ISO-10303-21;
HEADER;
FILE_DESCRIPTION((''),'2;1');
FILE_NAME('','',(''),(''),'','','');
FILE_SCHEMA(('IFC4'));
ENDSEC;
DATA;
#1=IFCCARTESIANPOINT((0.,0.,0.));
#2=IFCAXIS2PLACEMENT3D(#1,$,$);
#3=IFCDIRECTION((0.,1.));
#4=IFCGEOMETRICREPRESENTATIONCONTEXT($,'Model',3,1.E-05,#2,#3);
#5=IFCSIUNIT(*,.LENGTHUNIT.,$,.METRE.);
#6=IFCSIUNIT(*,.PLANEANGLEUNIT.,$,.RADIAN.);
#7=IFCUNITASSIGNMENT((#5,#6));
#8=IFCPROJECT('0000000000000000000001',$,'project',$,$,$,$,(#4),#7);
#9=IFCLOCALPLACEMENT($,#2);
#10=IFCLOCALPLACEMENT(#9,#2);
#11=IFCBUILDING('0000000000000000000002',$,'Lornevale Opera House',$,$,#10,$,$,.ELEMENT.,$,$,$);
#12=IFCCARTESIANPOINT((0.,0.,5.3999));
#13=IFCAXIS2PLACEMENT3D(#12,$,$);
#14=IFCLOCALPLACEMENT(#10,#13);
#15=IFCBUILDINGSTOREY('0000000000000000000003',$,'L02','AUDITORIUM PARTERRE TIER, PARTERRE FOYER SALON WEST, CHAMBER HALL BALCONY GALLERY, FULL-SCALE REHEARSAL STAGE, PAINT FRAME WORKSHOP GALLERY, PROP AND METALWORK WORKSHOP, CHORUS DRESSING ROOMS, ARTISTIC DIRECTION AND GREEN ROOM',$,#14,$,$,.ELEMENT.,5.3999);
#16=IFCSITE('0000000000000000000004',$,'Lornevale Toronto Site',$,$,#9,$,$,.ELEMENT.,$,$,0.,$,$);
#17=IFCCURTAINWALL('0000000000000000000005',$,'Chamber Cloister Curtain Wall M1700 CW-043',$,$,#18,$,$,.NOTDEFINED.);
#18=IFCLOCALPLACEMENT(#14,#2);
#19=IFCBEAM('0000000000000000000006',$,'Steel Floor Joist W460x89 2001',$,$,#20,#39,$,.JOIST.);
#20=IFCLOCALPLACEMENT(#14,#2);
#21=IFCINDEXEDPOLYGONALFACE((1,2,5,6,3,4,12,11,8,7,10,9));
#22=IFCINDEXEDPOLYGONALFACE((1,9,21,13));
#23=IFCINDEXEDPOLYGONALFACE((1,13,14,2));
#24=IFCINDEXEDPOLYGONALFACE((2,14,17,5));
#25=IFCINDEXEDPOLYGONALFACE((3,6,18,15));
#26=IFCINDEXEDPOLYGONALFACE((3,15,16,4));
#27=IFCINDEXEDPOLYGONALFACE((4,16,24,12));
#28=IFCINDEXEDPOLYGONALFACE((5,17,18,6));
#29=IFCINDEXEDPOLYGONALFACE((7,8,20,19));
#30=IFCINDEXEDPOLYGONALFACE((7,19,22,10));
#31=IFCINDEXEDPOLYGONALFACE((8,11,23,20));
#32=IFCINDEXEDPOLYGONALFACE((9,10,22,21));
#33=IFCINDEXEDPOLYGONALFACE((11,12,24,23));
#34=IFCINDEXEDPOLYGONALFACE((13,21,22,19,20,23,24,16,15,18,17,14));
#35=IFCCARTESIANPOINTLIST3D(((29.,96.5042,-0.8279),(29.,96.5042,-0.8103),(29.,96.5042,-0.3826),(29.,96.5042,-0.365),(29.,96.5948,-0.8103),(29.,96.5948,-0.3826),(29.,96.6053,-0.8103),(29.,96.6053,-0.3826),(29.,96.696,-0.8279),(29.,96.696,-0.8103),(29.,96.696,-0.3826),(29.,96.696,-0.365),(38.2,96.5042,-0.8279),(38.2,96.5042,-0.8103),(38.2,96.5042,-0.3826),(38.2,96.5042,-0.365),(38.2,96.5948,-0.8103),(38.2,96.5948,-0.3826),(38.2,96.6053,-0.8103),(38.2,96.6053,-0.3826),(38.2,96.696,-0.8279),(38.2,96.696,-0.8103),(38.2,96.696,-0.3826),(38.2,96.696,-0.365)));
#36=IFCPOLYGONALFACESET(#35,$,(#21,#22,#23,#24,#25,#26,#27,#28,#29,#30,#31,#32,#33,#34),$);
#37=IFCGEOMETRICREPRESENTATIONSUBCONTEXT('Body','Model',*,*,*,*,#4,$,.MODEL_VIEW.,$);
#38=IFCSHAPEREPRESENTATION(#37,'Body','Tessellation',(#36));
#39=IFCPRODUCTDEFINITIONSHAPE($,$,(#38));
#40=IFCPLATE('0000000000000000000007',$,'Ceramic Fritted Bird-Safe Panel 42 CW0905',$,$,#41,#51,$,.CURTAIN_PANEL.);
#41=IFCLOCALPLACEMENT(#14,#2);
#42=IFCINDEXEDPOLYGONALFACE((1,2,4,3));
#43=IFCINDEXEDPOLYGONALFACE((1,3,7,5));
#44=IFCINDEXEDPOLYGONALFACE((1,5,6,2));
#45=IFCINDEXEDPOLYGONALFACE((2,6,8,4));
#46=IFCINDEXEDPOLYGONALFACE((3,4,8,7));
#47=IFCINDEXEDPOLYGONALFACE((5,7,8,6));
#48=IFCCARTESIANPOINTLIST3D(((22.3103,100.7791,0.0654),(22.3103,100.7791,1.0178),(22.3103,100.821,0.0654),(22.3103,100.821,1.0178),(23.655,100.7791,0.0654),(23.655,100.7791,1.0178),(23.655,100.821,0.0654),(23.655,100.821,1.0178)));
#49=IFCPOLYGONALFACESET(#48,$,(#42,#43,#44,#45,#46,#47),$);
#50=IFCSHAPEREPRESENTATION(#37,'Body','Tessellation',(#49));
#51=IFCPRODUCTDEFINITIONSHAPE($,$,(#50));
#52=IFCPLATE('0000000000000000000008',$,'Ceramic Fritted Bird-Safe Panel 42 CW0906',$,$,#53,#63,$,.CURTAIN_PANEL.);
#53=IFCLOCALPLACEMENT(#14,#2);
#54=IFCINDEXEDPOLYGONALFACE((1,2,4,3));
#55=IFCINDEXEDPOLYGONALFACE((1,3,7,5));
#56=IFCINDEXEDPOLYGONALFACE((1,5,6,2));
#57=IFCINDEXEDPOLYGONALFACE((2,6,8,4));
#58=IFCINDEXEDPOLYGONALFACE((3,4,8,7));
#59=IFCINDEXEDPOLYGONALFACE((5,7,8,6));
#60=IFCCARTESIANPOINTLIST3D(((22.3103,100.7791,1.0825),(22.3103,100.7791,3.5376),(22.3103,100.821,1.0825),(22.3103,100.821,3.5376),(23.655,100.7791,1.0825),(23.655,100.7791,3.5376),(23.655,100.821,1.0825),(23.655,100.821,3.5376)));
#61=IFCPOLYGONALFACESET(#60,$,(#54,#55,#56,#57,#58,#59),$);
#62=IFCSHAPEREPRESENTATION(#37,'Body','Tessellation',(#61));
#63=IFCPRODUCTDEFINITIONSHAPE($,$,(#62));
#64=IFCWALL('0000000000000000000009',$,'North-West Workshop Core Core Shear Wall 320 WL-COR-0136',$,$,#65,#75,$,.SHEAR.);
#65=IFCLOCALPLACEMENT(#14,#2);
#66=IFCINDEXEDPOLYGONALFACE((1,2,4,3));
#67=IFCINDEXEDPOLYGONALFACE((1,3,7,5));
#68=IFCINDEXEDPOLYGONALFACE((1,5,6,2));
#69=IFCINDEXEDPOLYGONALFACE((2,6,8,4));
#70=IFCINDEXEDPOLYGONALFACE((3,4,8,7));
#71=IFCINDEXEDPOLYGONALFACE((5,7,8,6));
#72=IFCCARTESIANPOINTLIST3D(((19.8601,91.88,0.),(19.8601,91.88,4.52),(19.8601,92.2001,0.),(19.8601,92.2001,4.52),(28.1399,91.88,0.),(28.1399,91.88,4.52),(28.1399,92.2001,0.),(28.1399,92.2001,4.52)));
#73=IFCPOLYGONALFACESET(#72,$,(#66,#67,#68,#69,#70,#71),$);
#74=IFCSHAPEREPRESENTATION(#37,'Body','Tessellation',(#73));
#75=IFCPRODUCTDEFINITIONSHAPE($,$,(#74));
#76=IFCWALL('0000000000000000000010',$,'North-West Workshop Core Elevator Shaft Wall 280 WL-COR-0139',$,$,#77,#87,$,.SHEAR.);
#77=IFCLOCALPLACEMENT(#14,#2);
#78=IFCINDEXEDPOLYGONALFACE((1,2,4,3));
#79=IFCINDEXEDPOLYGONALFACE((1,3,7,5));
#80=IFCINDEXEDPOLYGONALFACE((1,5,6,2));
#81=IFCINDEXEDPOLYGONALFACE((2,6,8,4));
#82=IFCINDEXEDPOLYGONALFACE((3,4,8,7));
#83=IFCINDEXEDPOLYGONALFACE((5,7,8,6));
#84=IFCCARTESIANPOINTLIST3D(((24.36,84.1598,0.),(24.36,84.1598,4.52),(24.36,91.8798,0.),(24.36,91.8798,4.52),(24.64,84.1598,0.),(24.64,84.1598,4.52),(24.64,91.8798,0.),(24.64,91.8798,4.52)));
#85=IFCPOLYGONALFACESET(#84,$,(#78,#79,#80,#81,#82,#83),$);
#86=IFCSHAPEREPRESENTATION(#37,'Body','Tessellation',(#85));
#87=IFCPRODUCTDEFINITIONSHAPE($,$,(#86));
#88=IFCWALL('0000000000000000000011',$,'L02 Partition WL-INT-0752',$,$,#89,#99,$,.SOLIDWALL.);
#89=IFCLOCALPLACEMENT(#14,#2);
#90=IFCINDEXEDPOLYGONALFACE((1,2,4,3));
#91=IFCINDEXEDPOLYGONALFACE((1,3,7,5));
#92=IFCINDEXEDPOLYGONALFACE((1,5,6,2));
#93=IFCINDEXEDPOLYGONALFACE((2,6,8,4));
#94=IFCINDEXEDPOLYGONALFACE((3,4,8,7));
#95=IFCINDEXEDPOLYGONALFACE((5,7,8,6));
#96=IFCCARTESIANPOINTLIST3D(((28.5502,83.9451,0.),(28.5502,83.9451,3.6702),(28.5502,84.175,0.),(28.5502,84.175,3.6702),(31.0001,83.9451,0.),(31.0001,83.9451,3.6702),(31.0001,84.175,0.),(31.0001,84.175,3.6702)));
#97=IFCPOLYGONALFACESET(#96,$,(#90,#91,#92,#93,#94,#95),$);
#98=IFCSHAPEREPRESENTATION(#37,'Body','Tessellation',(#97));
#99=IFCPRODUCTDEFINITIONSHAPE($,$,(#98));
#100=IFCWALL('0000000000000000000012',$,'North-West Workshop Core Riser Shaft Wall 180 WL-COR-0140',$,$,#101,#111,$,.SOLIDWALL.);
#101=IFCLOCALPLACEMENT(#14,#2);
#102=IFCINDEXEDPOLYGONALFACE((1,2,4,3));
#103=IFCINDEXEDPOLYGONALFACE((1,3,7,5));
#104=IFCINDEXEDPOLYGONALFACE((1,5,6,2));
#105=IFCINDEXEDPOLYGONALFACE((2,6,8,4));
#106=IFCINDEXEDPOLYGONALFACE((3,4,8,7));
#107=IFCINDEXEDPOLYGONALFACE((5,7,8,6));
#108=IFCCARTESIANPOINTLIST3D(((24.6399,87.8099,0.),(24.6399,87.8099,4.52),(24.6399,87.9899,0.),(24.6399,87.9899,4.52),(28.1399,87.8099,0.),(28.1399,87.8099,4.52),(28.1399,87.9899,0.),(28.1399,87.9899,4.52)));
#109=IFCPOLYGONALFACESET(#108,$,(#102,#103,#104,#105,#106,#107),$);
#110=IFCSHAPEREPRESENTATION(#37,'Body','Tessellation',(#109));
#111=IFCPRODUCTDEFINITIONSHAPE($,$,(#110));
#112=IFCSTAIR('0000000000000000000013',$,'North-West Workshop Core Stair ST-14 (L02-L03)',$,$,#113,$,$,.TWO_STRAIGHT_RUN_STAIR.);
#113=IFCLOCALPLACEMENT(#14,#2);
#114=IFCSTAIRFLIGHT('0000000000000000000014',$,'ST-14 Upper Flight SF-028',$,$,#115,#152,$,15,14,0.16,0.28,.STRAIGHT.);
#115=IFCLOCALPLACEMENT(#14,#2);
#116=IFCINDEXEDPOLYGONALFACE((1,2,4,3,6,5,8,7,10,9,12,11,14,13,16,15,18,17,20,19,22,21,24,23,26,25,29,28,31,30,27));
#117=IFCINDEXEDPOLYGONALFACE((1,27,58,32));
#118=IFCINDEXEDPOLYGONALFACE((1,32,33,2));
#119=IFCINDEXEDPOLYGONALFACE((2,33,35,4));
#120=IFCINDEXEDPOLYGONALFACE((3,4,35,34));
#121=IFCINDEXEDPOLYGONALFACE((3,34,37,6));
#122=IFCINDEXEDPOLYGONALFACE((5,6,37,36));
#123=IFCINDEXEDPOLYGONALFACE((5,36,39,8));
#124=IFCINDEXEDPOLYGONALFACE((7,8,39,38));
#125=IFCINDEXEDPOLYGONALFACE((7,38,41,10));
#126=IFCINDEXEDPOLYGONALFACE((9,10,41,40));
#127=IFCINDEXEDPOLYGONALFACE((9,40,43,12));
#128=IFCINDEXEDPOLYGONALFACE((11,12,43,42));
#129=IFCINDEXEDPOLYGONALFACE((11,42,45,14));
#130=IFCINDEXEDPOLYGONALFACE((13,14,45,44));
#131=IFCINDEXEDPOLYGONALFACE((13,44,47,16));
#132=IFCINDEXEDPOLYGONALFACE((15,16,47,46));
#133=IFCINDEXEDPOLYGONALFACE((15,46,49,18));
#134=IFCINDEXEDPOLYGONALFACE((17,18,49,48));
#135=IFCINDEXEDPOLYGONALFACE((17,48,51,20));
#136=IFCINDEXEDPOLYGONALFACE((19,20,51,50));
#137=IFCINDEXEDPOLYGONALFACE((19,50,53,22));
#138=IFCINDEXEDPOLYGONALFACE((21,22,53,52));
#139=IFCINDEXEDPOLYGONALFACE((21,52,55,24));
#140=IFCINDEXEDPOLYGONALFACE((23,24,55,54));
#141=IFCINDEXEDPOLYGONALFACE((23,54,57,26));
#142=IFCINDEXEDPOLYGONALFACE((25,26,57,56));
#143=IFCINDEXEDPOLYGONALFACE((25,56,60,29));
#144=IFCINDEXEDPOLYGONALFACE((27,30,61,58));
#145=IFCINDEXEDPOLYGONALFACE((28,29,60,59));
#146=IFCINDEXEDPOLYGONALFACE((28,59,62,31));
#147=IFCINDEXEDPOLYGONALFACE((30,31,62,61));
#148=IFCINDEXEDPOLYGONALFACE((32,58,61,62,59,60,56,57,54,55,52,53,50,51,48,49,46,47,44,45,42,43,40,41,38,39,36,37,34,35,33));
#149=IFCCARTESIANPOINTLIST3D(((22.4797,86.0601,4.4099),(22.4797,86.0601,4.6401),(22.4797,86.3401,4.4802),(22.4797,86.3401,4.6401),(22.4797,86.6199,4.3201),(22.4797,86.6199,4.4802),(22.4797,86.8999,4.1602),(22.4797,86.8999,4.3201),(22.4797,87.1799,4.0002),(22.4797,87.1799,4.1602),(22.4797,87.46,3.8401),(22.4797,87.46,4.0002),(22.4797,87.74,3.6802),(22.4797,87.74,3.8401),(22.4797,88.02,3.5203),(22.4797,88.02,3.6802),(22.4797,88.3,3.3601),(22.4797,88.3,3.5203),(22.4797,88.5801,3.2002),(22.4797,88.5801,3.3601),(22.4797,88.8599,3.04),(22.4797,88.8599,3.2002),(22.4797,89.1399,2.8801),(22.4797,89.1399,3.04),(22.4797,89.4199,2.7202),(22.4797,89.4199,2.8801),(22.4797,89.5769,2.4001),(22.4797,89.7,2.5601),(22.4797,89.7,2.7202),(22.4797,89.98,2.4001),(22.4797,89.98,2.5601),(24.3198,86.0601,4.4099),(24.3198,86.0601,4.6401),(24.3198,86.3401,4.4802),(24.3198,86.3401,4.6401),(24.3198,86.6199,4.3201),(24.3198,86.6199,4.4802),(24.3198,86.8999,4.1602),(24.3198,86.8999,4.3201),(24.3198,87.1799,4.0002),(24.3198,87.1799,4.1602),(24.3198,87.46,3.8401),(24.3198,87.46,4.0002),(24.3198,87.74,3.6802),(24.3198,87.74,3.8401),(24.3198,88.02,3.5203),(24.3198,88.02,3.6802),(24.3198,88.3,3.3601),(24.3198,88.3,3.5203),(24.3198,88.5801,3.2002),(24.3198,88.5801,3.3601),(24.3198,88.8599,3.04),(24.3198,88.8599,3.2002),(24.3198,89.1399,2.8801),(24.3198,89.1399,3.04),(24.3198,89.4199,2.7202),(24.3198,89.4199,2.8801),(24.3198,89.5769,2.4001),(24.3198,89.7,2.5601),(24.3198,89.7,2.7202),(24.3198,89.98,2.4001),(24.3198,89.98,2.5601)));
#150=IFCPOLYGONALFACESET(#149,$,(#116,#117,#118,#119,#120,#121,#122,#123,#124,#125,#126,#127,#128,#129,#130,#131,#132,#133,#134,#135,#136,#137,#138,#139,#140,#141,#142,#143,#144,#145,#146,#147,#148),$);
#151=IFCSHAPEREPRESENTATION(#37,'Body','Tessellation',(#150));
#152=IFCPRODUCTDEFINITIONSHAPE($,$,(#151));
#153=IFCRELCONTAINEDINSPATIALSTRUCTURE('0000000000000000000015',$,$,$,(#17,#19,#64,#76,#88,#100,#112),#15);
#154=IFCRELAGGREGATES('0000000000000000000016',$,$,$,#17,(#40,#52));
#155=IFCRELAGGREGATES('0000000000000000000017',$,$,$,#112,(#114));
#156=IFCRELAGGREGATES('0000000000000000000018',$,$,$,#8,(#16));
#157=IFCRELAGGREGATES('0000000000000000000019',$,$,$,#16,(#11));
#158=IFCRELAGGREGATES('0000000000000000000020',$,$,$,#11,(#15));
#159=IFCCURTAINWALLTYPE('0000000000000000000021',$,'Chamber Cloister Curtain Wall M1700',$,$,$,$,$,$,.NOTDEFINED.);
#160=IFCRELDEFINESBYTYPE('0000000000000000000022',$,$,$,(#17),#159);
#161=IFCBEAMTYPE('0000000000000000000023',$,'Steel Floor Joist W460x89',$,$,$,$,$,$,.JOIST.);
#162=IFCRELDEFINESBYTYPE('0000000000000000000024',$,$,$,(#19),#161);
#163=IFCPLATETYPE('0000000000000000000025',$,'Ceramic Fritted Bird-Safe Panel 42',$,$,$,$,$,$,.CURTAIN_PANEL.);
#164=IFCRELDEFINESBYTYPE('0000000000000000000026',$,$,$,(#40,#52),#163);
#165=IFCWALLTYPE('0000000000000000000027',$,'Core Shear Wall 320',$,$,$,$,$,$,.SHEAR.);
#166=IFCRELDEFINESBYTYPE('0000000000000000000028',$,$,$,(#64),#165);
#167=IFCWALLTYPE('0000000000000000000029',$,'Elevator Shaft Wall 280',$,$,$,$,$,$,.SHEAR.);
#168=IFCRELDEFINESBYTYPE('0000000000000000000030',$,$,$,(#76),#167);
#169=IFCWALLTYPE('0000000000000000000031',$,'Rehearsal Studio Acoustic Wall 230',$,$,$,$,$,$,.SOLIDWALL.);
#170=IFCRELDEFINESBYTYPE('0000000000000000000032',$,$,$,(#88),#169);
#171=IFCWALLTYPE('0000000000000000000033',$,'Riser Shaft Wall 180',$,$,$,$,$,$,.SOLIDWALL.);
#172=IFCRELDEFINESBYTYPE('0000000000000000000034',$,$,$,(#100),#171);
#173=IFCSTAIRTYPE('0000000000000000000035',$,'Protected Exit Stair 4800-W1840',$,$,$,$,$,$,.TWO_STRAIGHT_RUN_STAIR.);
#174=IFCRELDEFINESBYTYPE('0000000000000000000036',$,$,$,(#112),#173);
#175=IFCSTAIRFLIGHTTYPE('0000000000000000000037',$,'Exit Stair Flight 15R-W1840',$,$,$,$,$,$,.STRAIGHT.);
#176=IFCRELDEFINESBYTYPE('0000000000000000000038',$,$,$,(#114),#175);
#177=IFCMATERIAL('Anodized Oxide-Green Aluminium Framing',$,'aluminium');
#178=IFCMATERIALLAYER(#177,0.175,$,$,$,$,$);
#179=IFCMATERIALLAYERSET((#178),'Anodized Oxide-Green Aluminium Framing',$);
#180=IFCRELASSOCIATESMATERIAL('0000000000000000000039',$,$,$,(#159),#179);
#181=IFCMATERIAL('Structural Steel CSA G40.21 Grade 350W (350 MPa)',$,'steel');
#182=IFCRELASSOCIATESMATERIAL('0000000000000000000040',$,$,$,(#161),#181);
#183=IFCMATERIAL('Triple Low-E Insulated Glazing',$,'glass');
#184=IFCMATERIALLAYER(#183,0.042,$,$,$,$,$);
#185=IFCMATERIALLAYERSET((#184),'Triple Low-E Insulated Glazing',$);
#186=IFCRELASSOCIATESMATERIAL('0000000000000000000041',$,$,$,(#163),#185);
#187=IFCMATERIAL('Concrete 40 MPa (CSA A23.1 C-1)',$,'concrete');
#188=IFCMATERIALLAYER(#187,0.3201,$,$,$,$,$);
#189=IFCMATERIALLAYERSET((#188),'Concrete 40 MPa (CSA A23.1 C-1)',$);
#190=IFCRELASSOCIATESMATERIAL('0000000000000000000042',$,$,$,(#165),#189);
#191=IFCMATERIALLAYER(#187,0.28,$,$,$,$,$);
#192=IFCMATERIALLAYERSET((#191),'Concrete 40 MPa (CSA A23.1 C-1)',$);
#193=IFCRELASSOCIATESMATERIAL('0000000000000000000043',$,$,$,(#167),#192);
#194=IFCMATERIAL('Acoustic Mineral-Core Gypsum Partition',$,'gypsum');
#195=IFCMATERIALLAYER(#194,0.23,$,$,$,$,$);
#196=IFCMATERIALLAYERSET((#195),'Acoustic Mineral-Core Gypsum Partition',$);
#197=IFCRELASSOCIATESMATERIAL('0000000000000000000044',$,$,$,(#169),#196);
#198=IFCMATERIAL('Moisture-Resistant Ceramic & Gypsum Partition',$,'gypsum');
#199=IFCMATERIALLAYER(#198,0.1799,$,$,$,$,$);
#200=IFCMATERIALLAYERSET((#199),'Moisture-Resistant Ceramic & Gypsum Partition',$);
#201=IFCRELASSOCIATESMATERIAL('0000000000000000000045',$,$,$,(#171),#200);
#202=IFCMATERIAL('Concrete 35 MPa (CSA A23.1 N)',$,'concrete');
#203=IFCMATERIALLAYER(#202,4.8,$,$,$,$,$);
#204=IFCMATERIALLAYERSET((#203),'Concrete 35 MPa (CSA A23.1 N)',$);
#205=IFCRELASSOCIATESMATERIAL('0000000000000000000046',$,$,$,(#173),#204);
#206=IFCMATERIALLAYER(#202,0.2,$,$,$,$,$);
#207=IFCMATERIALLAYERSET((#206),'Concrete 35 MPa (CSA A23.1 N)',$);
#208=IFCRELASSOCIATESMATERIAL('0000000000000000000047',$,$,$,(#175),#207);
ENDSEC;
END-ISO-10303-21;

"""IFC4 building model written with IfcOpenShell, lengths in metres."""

from ifc_helpers import new_model, si_unit, direction, frame, frame_2d, origin, origin_2d, place, context, subcontext, project, spatial, polyline, rectangle, i_section, outline, extrude, material, layer, layer_set, material_profile, profile_set, type_object, element, aggregate, save


model = new_model("IFC4")

# Units and contexts
model_context = context("Model", 3, precision=1e-05, world=origin(), true_north=direction((0.0, 1.0)))
body_context = subcontext(model_context, "Body", "Model", "MODEL_VIEW")
ifc_project = project(units=[si_unit("LENGTHUNIT", "METRE"), si_unit("PLANEANGLEUNIT", "RADIAN")], contexts=[model_context])

# Site, building, storey
site_placement = place(None, origin())
site = spatial("IfcSite", under=ifc_project, at=site_placement, Name="Lornevale Toronto Site", CompositionType="ELEMENT", RefElevation=0.0)
building_placement = place(site_placement, origin())
building = spatial("IfcBuilding", under=site, at=building_placement, Name="Lornevale Opera House", CompositionType="ELEMENT")
storey_placement = place(building_placement, frame((0.0, 0.0, 5.3999)))
storey = spatial("IfcBuildingStorey", under=building, at=storey_placement, Name="L02", Description="AUDITORIUM PARTERRE TIER, PARTERRE FOYER SALON WEST, CHAMBER HALL BALCONY GALLERY, FULL-SCALE REHEARSAL STAGE, PAINT FRAME WORKSHOP GALLERY, PROP AND METALWORK WORKSHOP, CHORUS DRESSING ROOMS, ARTISTIC DIRECTION AND GREEN ROOM", CompositionType="ELEMENT", Elevation=5.3999)

# Shared definitions
ifc_material_1 = material(Name="Structural Steel CSA G40.21 Grade 350W (350 MPa)", Category="steel")

# Shared definitions
ifc_material_2 = material(Name="Concrete 35 MPa (CSA A23.1 N)", Category="concrete")

# Curtain wall
ifc_material_3 = material(Name="Anodized Oxide-Green Aluminium Framing", Category="aluminium")
ifc_layer_1 = layer(ifc_material_3, 0.175)
ifc_layer_set_1 = layer_set([ifc_layer_1], Name="Anodized Oxide-Green Aluminium Framing")
curtain_wall_type = type_object("IfcCurtainWallType", Name="Chamber Cloister Curtain Wall M1700", PredefinedType="NOTDEFINED", material=ifc_layer_set_1)
curtain_wall_placement = place(storey_placement, origin())
curtain_wall = element("IfcCurtainWall", 1, at=curtain_wall_placement, inside=storey, type_object=curtain_wall_type, Name="Chamber Cloister Curtain Wall M1700 CW-043", PredefinedType="NOTDEFINED")

# Beam
ifc_material_profile_1 = material_profile(ifc_material_1, i_section(OverallWidth=0.1919, OverallDepth=0.4629, WebThickness=0.0105, FlangeThickness=0.0176, at=origin_2d()), Name="W460x89")
ifc_profile_set_1 = profile_set([ifc_material_profile_1], Name="Structural Steel CSA G40.21 Grade 350W (350 MPa)")
beam_type_1 = type_object("IfcBeamType", Name="Steel Floor Joist W460x89", PredefinedType="JOIST", material=ifc_profile_set_1)
for number, where, z_axis, x_axis, name in (
    (2, (29.0, 96.6001, -0.5964), (1.0, 0.0, 0.0), (0.0, 1.0, 0.0), "Steel Floor Joist W460x89 2001"),
):
    element("IfcBeam", number, at=place(storey_placement, frame(where, z_axis=z_axis, x_axis=x_axis)), inside=storey, type_object=beam_type_1, Name=name, PredefinedType="JOIST", context=body_context, shape_type="SweptSolid", body=[
        extrude(i_section(OverallWidth=0.1919, OverallDepth=0.4629, WebThickness=0.0105, FlangeThickness=0.0176, at=origin_2d()), origin(), (0.0, 0.0, 1.0), 9.2),
    ])

# Plates
ifc_material_4 = material(Name="Triple Low-E Insulated Glazing", Category="glass")
ifc_layer_2 = layer(ifc_material_4, 0.042)
ifc_layer_set_2 = layer_set([ifc_layer_2], Name="Triple Low-E Insulated Glazing")
plate_type = type_object("IfcPlateType", Name="Ceramic Fritted Bird-Safe Panel 42", PredefinedType="CURTAIN_PANEL", material=ifc_layer_set_2)
plate_1_placement = place(storey_placement, frame((22.9827, 100.8, 0.0654), z_axis=(0.0, 0.0, 1.0), x_axis=(1.0, 0.0, 0.0)))
plate_1 = element("IfcPlate", 3, at=plate_1_placement, type_object=plate_type, Name="Ceramic Fritted Bird-Safe Panel 42 CW0905", PredefinedType="CURTAIN_PANEL", context=body_context, shape_type="SweptSolid", body=[
    extrude(rectangle(XDim=1.3447, YDim=0.042, at=origin_2d()), origin(), (0.0, 0.0, 1.0), 0.9524),
])
plate_2_placement = place(storey_placement, frame((22.9827, 100.8, 1.0825), z_axis=(0.0, 0.0, 1.0), x_axis=(1.0, 0.0, 0.0)))
plate_2 = element("IfcPlate", 4, at=plate_2_placement, type_object=plate_type, Name="Ceramic Fritted Bird-Safe Panel 42 CW0906", PredefinedType="CURTAIN_PANEL", context=body_context, shape_type="SweptSolid", body=[
    extrude(rectangle(XDim=1.3447, YDim=0.042, at=origin_2d()), origin(), (0.0, 0.0, 1.0), 2.4551),
])
aggregate(curtain_wall, [plate_1, plate_2])

# Wall
ifc_material_5 = material(Name="Concrete 40 MPa (CSA A23.1 C-1)", Category="concrete")
ifc_layer_3 = layer(ifc_material_5, 0.3201)
ifc_layer_set_3 = layer_set([ifc_layer_3], Name="Concrete 40 MPa (CSA A23.1 C-1)")
wall_type_1 = type_object("IfcWallType", Name="Core Shear Wall 320", PredefinedType="SHEAR", material=ifc_layer_set_3)
wall_1_placement = place(storey_placement, frame((28.1399, 92.04, 0.0), z_axis=(0.0, 0.0, 1.0), x_axis=(-1.0, 0.0, 0.0)))
element("IfcWall", 5, at=wall_1_placement, inside=storey, type_object=wall_type_1, Name="North-West Workshop Core Core Shear Wall 320 WL-COR-0136", PredefinedType="SHEAR", context=body_context, shape_type="SweptSolid", body=[
    extrude(rectangle(XDim=8.2798, YDim=0.3201, at=frame_2d((4.1399, 0.0))), origin(), (0.0, 0.0, 1.0), 4.52),
])

# Shared definitions
ifc_layer_4 = layer(ifc_material_5, 0.28)
ifc_layer_set_4 = layer_set([ifc_layer_4], Name="Concrete 40 MPa (CSA A23.1 C-1)")
wall_type_2 = type_object("IfcWallType", Name="Elevator Shaft Wall 280", PredefinedType="SHEAR", material=ifc_layer_set_4)

# Walls
wall_2_placement = place(storey_placement, frame((24.5, 84.1599, 0.0), z_axis=(0.0, 0.0, 1.0), x_axis=(0.0, 1.0, 0.0)))
element("IfcWall", 6, at=wall_2_placement, inside=storey, type_object=wall_type_2, Name="North-West Workshop Core Elevator Shaft Wall 280 WL-COR-0139", PredefinedType="SHEAR", context=body_context, shape_type="SweptSolid", body=[
    extrude(rectangle(XDim=7.72, YDim=0.28, at=frame_2d((3.8599, 0.0))), origin(), (0.0, 0.0, 1.0), 4.52),
])
ifc_material_6 = material(Name="Acoustic Mineral-Core Gypsum Partition", Category="gypsum")
ifc_layer_5 = layer(ifc_material_6, 0.23)
ifc_layer_set_5 = layer_set([ifc_layer_5], Name="Acoustic Mineral-Core Gypsum Partition")
wall_type_3 = type_object("IfcWallType", Name="Rehearsal Studio Acoustic Wall 230", PredefinedType="SOLIDWALL", material=ifc_layer_set_5)
wall_3_placement = place(storey_placement, frame((28.55, 84.0601, 0.0), z_axis=(0.0, 0.0, 1.0), x_axis=(1.0, 0.0, 0.0)))
element("IfcWall", 7, at=wall_3_placement, inside=storey, type_object=wall_type_3, Name="L02 Partition WL-INT-0752", PredefinedType="SOLIDWALL", context=body_context, shape_type="SweptSolid", body=[
    extrude(rectangle(XDim=2.45, YDim=0.23, at=frame_2d((1.2251, 0.0))), origin(), (0.0, 0.0, 1.0), 3.6702),
])
ifc_material_7 = material(Name="Moisture-Resistant Ceramic & Gypsum Partition", Category="gypsum")
ifc_layer_6 = layer(ifc_material_7, 0.1799)
ifc_layer_set_6 = layer_set([ifc_layer_6], Name="Moisture-Resistant Ceramic & Gypsum Partition")
wall_type_4 = type_object("IfcWallType", Name="Riser Shaft Wall 180", PredefinedType="SOLIDWALL", material=ifc_layer_set_6)
wall_4_placement = place(storey_placement, frame((24.6399, 87.8999, 0.0), z_axis=(0.0, 0.0, 1.0), x_axis=(1.0, 0.0, 0.0)))
element("IfcWall", 8, at=wall_4_placement, inside=storey, type_object=wall_type_4, Name="North-West Workshop Core Riser Shaft Wall 180 WL-COR-0140", PredefinedType="SOLIDWALL", context=body_context, shape_type="SweptSolid", body=[
    extrude(rectangle(XDim=3.5, YDim=0.1799, at=frame_2d((1.75, 0.0))), origin(), (0.0, 0.0, 1.0), 4.52),
])

# Stair, stair flight
ifc_layer_7 = layer(ifc_material_2, 4.8)
ifc_layer_set_7 = layer_set([ifc_layer_7], Name="Concrete 35 MPa (CSA A23.1 N)")
stair_type = type_object("IfcStairType", Name="Protected Exit Stair 4800-W1840", PredefinedType="TWO_STRAIGHT_RUN_STAIR", material=ifc_layer_set_7)
stair_placement = place(storey_placement, origin())
stair = element("IfcStair", 9, at=stair_placement, inside=storey, type_object=stair_type, Name="North-West Workshop Core Stair ST-14 (L02-L03)", PredefinedType="TWO_STRAIGHT_RUN_STAIR")
ifc_layer_8 = layer(ifc_material_2, 0.2)
ifc_layer_set_8 = layer_set([ifc_layer_8], Name="Concrete 35 MPa (CSA A23.1 N)")
stair_flight_type = type_object("IfcStairFlightType", Name="Exit Stair Flight 15R-W1840", PredefinedType="STRAIGHT", material=ifc_layer_set_8)
stair_flight_placement = place(storey_placement, frame((23.3999, 89.98, 2.4001), z_axis=(0.0, 0.0, 1.0), x_axis=(0.0, -1.0, 0.0)))
stair_flight = element("IfcStairFlight", 10, at=stair_flight_placement, type_object=stair_flight_type, Name="ST-14 Upper Flight SF-028", NumberOfRisers=15, NumberOfTreads=14, PredefinedType="STRAIGHT", RiserHeight=0.16, TreadLength=0.28, context=body_context, shape_type="SweptSolid", body=[
    extrude(outline(polyline([(0.0, 0.0), (0.0, 0.1599), (0.28, 0.1599), (0.28, 0.3201), (0.5601, 0.3201), (0.5601, 0.48), (0.8401, 0.48), (0.8401, 0.6399), (1.1201, 0.6399), (1.1201, 0.8), (1.3999, 0.8), (1.3999, 0.96), (1.6799, 0.96), (1.6799, 1.1201), (1.96, 1.1201), (1.96, 1.28), (2.24, 1.28), (2.24, 1.4399), (2.52, 1.4399), (2.52, 1.6001), (2.8, 1.6001), (2.8, 1.76), (3.0801, 1.76), (3.0801, 1.9199), (3.3601, 1.9199), (3.3601, 2.0801), (3.6399, 2.0801), (3.6399, 2.24), (3.9199, 2.24), (3.9199, 2.0098), (0.4031, 0.0), (0.0, 0.0)])), frame((0.0, 0.9199, 0.0), z_axis=(0.0, -1.0, 0.0), x_axis=(1.0, 0.0, 0.0)), (0.0, 0.0, 1.0), 1.8401),
])
aggregate(stair, [stair_flight])

save(model, "model.ifc")
